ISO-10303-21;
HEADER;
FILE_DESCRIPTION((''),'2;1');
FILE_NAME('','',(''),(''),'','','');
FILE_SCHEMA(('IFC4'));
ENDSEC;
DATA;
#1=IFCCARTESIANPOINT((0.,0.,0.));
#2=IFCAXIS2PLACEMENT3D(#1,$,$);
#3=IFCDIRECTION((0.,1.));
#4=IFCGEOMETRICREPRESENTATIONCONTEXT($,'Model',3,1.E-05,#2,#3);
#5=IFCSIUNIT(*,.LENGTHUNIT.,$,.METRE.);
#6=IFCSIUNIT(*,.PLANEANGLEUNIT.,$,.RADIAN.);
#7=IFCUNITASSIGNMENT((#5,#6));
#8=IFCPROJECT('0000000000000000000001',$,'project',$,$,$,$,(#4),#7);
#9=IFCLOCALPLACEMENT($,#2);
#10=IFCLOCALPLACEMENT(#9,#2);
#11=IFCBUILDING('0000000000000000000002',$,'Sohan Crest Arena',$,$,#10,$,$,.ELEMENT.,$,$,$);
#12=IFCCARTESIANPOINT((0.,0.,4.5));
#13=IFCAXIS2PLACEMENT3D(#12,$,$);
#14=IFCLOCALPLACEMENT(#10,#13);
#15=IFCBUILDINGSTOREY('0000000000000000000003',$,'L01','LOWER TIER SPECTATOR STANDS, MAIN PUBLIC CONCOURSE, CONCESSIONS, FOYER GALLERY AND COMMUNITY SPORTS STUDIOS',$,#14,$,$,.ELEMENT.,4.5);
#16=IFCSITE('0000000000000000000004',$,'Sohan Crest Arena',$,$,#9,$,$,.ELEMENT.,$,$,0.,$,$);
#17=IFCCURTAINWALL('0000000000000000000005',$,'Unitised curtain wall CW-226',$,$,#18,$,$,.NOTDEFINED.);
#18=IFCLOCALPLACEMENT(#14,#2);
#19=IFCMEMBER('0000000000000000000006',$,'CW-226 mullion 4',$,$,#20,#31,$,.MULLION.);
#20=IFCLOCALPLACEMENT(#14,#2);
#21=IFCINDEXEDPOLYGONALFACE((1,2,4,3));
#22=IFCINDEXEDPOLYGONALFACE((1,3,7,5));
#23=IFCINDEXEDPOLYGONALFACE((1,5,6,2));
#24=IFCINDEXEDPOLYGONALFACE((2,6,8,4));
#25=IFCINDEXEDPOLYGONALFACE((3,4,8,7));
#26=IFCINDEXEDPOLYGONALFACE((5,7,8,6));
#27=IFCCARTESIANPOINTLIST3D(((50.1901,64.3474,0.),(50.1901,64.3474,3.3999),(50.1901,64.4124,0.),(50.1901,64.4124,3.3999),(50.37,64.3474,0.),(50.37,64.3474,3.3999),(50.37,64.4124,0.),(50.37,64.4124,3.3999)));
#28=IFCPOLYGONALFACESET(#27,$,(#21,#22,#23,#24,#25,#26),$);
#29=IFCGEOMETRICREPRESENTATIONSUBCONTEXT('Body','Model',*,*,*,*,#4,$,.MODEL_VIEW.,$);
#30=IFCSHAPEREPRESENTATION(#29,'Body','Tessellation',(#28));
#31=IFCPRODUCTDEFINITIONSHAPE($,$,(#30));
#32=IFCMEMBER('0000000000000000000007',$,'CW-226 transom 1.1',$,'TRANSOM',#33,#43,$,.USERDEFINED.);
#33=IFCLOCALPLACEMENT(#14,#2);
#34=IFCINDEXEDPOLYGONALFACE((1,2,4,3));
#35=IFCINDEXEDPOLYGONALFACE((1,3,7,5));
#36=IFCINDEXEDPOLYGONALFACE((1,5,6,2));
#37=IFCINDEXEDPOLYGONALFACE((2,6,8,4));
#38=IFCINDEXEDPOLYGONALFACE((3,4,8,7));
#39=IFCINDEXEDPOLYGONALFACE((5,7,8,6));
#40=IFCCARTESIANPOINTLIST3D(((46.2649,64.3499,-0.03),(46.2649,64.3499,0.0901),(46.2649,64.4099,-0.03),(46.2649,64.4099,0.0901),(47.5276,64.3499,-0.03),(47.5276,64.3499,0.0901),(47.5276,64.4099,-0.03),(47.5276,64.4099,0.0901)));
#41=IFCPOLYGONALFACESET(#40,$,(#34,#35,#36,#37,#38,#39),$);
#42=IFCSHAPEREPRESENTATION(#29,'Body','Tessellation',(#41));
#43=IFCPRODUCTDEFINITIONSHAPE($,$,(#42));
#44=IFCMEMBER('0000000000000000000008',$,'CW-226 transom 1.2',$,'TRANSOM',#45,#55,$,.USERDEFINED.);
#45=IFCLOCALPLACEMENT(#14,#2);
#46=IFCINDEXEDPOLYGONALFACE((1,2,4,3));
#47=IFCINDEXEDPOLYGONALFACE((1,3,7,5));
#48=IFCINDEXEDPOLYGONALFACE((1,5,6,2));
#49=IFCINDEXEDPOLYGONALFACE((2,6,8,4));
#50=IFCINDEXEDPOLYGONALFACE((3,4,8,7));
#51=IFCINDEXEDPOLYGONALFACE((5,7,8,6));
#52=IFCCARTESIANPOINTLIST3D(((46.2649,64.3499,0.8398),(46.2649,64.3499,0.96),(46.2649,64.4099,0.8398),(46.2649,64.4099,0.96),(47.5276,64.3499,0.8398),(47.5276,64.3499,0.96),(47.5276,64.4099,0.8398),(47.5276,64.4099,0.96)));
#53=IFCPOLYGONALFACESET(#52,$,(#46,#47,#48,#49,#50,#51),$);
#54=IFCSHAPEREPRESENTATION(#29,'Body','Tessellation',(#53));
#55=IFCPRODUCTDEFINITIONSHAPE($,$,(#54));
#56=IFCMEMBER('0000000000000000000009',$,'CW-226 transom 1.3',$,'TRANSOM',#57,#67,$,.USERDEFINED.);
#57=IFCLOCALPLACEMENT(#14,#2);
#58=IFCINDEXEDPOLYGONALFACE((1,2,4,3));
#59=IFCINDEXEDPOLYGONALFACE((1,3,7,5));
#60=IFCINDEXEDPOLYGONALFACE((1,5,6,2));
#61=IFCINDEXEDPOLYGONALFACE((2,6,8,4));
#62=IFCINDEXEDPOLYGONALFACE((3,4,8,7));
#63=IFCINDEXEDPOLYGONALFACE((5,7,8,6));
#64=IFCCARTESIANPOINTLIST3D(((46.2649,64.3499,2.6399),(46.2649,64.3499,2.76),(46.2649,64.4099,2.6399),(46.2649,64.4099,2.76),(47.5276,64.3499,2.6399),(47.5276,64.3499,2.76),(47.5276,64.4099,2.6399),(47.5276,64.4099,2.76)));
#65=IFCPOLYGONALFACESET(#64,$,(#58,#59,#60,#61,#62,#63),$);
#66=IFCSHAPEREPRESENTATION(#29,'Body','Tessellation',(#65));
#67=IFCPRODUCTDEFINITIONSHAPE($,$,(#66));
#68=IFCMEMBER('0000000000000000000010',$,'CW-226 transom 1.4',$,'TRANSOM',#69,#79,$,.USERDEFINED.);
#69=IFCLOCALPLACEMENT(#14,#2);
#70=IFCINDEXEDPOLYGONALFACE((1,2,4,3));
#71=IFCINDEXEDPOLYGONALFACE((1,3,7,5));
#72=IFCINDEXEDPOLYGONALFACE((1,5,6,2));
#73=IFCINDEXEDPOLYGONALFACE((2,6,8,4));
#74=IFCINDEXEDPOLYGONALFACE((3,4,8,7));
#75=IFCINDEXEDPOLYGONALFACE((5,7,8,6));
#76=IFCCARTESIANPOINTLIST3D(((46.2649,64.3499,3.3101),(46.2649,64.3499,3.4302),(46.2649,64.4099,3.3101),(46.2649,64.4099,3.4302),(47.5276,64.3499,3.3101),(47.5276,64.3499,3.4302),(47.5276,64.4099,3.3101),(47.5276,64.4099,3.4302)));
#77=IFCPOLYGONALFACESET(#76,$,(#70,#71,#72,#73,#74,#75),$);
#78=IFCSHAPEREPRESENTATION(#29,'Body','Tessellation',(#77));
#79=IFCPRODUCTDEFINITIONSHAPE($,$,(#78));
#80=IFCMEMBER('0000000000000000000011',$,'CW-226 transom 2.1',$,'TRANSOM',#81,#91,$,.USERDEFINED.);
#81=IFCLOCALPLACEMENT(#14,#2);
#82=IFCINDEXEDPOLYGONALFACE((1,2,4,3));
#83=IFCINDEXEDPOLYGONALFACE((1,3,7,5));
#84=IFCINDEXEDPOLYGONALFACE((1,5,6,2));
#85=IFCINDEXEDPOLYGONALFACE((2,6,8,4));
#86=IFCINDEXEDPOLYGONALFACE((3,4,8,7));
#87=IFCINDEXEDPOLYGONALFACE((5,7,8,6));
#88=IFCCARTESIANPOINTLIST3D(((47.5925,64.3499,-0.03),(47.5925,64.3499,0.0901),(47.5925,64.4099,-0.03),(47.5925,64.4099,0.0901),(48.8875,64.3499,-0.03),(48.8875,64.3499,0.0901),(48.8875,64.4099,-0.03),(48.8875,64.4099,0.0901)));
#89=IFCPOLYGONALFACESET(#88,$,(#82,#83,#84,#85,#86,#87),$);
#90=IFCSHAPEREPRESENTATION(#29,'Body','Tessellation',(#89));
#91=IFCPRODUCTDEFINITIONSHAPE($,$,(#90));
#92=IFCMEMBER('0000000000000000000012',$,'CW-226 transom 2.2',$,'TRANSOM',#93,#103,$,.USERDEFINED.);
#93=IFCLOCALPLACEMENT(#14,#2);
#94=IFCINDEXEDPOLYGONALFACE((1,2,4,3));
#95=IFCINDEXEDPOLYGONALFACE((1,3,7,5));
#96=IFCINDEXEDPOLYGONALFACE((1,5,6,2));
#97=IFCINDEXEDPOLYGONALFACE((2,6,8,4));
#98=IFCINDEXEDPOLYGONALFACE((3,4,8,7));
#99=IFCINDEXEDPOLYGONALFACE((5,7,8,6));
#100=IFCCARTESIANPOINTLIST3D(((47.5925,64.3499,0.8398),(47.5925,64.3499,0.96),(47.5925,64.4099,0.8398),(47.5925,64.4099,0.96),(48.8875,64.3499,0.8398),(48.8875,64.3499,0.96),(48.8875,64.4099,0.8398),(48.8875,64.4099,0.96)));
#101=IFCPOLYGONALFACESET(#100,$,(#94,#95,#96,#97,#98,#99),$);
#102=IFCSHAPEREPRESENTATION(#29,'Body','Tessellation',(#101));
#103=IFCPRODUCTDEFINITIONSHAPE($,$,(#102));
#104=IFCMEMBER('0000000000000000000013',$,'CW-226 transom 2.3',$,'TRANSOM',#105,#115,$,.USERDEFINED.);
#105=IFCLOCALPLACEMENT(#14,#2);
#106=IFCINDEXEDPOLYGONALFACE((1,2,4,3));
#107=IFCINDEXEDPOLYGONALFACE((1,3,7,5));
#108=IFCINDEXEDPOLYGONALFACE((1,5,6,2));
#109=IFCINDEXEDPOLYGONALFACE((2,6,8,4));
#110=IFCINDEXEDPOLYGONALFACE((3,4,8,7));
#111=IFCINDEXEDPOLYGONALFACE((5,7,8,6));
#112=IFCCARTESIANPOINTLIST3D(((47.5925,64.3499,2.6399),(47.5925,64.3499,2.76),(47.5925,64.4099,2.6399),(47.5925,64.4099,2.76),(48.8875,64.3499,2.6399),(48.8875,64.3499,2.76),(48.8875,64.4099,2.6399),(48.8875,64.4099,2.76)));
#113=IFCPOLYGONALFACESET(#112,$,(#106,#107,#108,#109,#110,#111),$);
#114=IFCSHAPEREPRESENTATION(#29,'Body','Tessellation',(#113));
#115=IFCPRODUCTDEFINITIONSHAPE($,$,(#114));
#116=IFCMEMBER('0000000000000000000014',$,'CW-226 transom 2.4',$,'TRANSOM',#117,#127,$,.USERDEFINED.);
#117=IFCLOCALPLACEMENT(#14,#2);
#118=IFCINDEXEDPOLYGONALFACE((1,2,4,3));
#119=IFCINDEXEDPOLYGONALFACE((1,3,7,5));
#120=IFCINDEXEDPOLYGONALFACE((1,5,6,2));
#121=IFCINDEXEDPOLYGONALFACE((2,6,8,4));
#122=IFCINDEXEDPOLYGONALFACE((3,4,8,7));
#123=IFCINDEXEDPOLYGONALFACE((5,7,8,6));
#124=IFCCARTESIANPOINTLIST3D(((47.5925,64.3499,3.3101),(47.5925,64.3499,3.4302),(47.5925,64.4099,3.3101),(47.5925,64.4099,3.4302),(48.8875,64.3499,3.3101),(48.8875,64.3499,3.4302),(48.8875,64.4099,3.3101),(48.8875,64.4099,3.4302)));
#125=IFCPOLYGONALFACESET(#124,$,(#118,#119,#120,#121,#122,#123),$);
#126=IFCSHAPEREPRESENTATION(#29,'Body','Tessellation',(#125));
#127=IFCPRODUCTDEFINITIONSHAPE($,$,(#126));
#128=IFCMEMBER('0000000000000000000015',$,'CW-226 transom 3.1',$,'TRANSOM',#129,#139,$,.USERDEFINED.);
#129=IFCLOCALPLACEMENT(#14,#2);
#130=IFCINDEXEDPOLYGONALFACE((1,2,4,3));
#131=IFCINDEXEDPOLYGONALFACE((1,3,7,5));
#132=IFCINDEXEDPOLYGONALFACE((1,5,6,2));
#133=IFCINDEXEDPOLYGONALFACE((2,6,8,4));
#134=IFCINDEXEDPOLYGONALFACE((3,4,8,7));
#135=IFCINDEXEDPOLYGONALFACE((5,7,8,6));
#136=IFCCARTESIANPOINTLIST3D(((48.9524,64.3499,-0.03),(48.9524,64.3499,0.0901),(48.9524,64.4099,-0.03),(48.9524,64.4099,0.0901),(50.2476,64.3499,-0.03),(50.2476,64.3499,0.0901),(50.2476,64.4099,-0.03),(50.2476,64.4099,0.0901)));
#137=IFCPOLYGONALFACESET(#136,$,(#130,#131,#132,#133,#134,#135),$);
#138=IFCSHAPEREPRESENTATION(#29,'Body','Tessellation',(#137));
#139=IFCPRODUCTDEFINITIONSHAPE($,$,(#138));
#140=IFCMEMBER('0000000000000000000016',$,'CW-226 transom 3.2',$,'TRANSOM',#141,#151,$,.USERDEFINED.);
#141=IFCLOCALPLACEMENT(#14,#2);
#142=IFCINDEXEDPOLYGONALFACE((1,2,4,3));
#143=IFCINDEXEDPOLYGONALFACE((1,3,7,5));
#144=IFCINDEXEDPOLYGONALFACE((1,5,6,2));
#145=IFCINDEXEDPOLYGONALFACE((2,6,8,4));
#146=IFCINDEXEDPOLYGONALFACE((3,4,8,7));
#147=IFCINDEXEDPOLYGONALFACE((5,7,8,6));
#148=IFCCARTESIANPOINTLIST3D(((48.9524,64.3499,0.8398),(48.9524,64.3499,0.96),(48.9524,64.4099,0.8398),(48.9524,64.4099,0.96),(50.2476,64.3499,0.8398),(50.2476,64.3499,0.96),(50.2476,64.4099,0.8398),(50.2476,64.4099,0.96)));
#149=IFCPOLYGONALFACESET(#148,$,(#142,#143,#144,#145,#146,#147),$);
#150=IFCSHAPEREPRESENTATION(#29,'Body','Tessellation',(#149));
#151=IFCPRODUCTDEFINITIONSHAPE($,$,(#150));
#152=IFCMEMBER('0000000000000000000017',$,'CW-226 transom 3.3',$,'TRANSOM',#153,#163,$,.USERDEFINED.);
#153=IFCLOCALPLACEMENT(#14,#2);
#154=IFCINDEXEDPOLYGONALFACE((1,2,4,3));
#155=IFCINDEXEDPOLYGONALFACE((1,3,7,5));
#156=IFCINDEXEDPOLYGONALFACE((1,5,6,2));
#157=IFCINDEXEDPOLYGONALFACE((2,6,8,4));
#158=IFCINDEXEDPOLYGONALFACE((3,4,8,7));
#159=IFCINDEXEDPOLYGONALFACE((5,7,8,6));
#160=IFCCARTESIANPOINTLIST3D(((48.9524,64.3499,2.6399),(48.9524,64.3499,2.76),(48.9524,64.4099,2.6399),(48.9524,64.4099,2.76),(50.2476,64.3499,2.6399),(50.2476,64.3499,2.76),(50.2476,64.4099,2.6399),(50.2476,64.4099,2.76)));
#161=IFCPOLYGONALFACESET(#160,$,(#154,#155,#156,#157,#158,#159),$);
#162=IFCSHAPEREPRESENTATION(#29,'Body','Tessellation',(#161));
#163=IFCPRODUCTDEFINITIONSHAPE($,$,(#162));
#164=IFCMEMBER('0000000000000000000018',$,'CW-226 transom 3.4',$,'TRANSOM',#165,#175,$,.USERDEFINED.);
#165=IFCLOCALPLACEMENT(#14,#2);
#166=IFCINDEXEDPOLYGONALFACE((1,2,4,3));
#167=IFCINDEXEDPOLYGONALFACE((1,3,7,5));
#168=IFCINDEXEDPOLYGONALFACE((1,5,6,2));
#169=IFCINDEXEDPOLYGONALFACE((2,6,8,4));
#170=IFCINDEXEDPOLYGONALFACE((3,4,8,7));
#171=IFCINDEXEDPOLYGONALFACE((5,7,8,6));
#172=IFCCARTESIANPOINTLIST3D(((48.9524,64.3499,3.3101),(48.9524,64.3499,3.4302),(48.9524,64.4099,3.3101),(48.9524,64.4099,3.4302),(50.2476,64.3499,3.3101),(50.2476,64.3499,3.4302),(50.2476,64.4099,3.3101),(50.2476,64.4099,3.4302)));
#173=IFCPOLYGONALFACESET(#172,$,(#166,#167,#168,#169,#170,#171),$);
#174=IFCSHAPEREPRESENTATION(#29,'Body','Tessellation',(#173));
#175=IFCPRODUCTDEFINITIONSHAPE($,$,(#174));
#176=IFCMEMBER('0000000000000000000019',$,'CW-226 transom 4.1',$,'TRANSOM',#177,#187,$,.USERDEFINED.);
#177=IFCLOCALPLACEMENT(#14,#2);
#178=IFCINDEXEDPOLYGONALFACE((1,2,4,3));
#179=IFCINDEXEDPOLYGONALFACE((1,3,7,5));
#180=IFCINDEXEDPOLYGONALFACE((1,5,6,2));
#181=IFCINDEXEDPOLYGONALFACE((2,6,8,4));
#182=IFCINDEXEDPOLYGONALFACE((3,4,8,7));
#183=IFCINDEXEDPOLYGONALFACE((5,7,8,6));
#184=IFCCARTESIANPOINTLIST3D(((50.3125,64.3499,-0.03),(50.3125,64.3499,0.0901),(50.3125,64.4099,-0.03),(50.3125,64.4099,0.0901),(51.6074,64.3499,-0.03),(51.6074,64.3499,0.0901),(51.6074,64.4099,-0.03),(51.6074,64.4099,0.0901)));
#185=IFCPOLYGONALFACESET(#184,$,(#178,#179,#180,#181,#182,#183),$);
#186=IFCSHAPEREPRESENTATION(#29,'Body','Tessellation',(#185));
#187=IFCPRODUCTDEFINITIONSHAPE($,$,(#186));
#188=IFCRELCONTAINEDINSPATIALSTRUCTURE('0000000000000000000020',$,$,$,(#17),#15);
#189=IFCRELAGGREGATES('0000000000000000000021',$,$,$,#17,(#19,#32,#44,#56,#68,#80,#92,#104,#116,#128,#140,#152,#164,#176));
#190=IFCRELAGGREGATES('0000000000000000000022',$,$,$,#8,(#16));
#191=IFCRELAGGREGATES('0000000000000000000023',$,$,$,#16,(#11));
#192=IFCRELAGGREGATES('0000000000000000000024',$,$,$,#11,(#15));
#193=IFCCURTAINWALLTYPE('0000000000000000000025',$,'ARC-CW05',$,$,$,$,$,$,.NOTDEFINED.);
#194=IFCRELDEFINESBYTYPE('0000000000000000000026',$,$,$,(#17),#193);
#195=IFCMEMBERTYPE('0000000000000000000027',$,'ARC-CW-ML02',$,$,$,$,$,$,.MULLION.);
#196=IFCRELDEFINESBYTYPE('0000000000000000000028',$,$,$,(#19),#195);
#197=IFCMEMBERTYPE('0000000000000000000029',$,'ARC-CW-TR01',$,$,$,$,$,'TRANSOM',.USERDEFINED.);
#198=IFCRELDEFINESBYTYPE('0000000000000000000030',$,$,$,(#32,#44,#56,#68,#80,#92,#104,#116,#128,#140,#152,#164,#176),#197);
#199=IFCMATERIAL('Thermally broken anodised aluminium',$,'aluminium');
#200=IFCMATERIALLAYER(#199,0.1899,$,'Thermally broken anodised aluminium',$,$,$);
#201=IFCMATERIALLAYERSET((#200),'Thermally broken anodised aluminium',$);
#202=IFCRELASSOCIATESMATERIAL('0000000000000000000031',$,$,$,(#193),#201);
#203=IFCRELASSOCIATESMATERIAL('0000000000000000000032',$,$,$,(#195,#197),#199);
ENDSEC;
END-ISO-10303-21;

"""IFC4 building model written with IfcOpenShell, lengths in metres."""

from ifc_helpers import new_model, si_unit, direction, frame, origin, origin_2d, place, context, subcontext, project, spatial, rectangle, extrude, material, layer, layer_set, material_profile, profile_set, type_object, element, aggregate, save


model = new_model("IFC4")

# Units and contexts
model_context = context("Model", 3, precision=1e-05, world=origin(), true_north=direction((0.0, 1.0)))
body_context = subcontext(model_context, "Body", "Model", "MODEL_VIEW")
ifc_project = project(units=[si_unit("LENGTHUNIT", "METRE"), si_unit("PLANEANGLEUNIT", "RADIAN")], contexts=[model_context])

# Site, building, storey
site_placement = place(None, origin())
site = spatial("IfcSite", under=ifc_project, at=site_placement, Name="Sohan Crest Arena", CompositionType="ELEMENT", RefElevation=0.0)
building_placement = place(site_placement, origin())
building = spatial("IfcBuilding", under=site, at=building_placement, Name="Sohan Crest Arena", CompositionType="ELEMENT")
storey_placement = place(building_placement, frame((0.0, 0.0, 4.5)))
storey = spatial("IfcBuildingStorey", under=building, at=storey_placement, Name="L01", Description="LOWER TIER SPECTATOR STANDS, MAIN PUBLIC CONCOURSE, CONCESSIONS, FOYER GALLERY AND COMMUNITY SPORTS STUDIOS", CompositionType="ELEMENT", Elevation=4.5)

# Curtain wall, members
ifc_material_1 = material(Name="Thermally broken anodised aluminium", Category="aluminium")
ifc_layer_1 = layer(ifc_material_1, 0.1899, Name="Thermally broken anodised aluminium")
ifc_layer_set_1 = layer_set([ifc_layer_1], Name="Thermally broken anodised aluminium")
curtain_wall_type = type_object("IfcCurtainWallType", Name="ARC-CW05", PredefinedType="NOTDEFINED", material=ifc_layer_set_1)
curtain_wall_placement = place(storey_placement, origin())
curtain_wall = element("IfcCurtainWall", 1, at=curtain_wall_placement, inside=storey, type_object=curtain_wall_type, Name="Unitised curtain wall CW-226", PredefinedType="NOTDEFINED")
ifc_material_profile_1 = material_profile(ifc_material_1, rectangle(XDim=0.0649, YDim=0.1799, at=origin_2d()), Name="ALU-MULL 65x180")
ifc_profile_set_1 = profile_set([ifc_material_profile_1], Name="Thermally broken anodised aluminium")
member_type_1 = type_object("IfcMemberType", Name="ARC-CW-ML02", PredefinedType="MULLION", material=ifc_profile_set_1)
member_1_placement = place(storey_placement, frame((50.28, 64.3799, 0.0), z_axis=(0.0, 0.0, 1.0), x_axis=(0.0, 1.0, 0.0)))
member_1 = element("IfcMember", 2, at=member_1_placement, type_object=member_type_1, Name="CW-226 mullion 4", PredefinedType="MULLION", context=body_context, shape_type="SweptSolid", body=[
    extrude(rectangle(XDim=0.0649, YDim=0.1799, at=origin_2d()), origin(), (0.0, 0.0, 1.0), 3.3999),
])
ifc_material_profile_2 = material_profile(ifc_material_1, rectangle(XDim=0.0601, YDim=0.1201, at=origin_2d()), Name="ALU-TRAN 60x120")
ifc_profile_set_2 = profile_set([ifc_material_profile_2], Name="Thermally broken anodised aluminium")
member_type_2 = type_object("IfcMemberType", Name="ARC-CW-TR01", ElementType="TRANSOM", PredefinedType="USERDEFINED", material=ifc_profile_set_2)
member_2_placement = place(storey_placement, frame((46.2649, 64.3799, 0.03), z_axis=(1.0, 0.0, 0.0), x_axis=(0.0, 1.0, 0.0)))
member_2 = element("IfcMember", 3, at=member_2_placement, type_object=member_type_2, Name="CW-226 transom 1.1", ObjectType="TRANSOM", PredefinedType="USERDEFINED", context=body_context, shape_type="SweptSolid", body=[
    extrude(rectangle(XDim=0.0601, YDim=0.1201, at=origin_2d()), origin(), (0.0, 0.0, 1.0), 1.2627),
])
member_3_placement = place(storey_placement, frame((46.2649, 64.3799, 0.8999), z_axis=(1.0, 0.0, 0.0), x_axis=(0.0, 1.0, 0.0)))
member_3 = element("IfcMember", 4, at=member_3_placement, type_object=member_type_2, Name="CW-226 transom 1.2", ObjectType="TRANSOM", PredefinedType="USERDEFINED", context=body_context, shape_type="SweptSolid", body=[
    extrude(rectangle(XDim=0.0601, YDim=0.1201, at=origin_2d()), origin(), (0.0, 0.0, 1.0), 1.2627),
])
member_4_placement = place(storey_placement, frame((46.2649, 64.3799, 2.7), z_axis=(1.0, 0.0, 0.0), x_axis=(0.0, 1.0, 0.0)))
member_4 = element("IfcMember", 5, at=member_4_placement, type_object=member_type_2, Name="CW-226 transom 1.3", ObjectType="TRANSOM", PredefinedType="USERDEFINED", context=body_context, shape_type="SweptSolid", body=[
    extrude(rectangle(XDim=0.0601, YDim=0.1201, at=origin_2d()), origin(), (0.0, 0.0, 1.0), 1.2627),
])
member_5_placement = place(storey_placement, frame((46.2649, 64.3799, 3.3701), z_axis=(1.0, 0.0, 0.0), x_axis=(0.0, 1.0, 0.0)))
member_5 = element("IfcMember", 6, at=member_5_placement, type_object=member_type_2, Name="CW-226 transom 1.4", ObjectType="TRANSOM", PredefinedType="USERDEFINED", context=body_context, shape_type="SweptSolid", body=[
    extrude(rectangle(XDim=0.0601, YDim=0.1201, at=origin_2d()), origin(), (0.0, 0.0, 1.0), 1.2627),
])
member_6_placement = place(storey_placement, frame((47.5925, 64.3799, 0.03), z_axis=(1.0, 0.0, 0.0), x_axis=(0.0, 1.0, 0.0)))
member_6 = element("IfcMember", 7, at=member_6_placement, type_object=member_type_2, Name="CW-226 transom 2.1", ObjectType="TRANSOM", PredefinedType="USERDEFINED", context=body_context, shape_type="SweptSolid", body=[
    extrude(rectangle(XDim=0.0601, YDim=0.1201, at=origin_2d()), origin(), (0.0, 0.0, 1.0), 1.2949),
])
member_7_placement = place(storey_placement, frame((47.5925, 64.3799, 0.8999), z_axis=(1.0, 0.0, 0.0), x_axis=(0.0, 1.0, 0.0)))
member_7 = element("IfcMember", 8, at=member_7_placement, type_object=member_type_2, Name="CW-226 transom 2.2", ObjectType="TRANSOM", PredefinedType="USERDEFINED", context=body_context, shape_type="SweptSolid", body=[
    extrude(rectangle(XDim=0.0601, YDim=0.1201, at=origin_2d()), origin(), (0.0, 0.0, 1.0), 1.2949),
])
member_8_placement = place(storey_placement, frame((47.5925, 64.3799, 2.7), z_axis=(1.0, 0.0, 0.0), x_axis=(0.0, 1.0, 0.0)))
member_8 = element("IfcMember", 9, at=member_8_placement, type_object=member_type_2, Name="CW-226 transom 2.3", ObjectType="TRANSOM", PredefinedType="USERDEFINED", context=body_context, shape_type="SweptSolid", body=[
    extrude(rectangle(XDim=0.0601, YDim=0.1201, at=origin_2d()), origin(), (0.0, 0.0, 1.0), 1.2949),
])
member_9_placement = place(storey_placement, frame((47.5925, 64.3799, 3.3701), z_axis=(1.0, 0.0, 0.0), x_axis=(0.0, 1.0, 0.0)))
member_9 = element("IfcMember", 10, at=member_9_placement, type_object=member_type_2, Name="CW-226 transom 2.4", ObjectType="TRANSOM", PredefinedType="USERDEFINED", context=body_context, shape_type="SweptSolid", body=[
    extrude(rectangle(XDim=0.0601, YDim=0.1201, at=origin_2d()), origin(), (0.0, 0.0, 1.0), 1.2949),
])
member_10_placement = place(storey_placement, frame((48.9524, 64.3799, 0.03), z_axis=(1.0, 0.0, 0.0), x_axis=(0.0, 1.0, 0.0)))
member_10 = element("IfcMember", 11, at=member_10_placement, type_object=member_type_2, Name="CW-226 transom 3.1", ObjectType="TRANSOM", PredefinedType="USERDEFINED", context=body_context, shape_type="SweptSolid", body=[
    extrude(rectangle(XDim=0.0601, YDim=0.1201, at=origin_2d()), origin(), (0.0, 0.0, 1.0), 1.2952),
])
member_11_placement = place(storey_placement, frame((48.9524, 64.3799, 0.8999), z_axis=(1.0, 0.0, 0.0), x_axis=(0.0, 1.0, 0.0)))
member_11 = element("IfcMember", 12, at=member_11_placement, type_object=member_type_2, Name="CW-226 transom 3.2", ObjectType="TRANSOM", PredefinedType="USERDEFINED", context=body_context, shape_type="SweptSolid", body=[
    extrude(rectangle(XDim=0.0601, YDim=0.1201, at=origin_2d()), origin(), (0.0, 0.0, 1.0), 1.2952),
])
member_12_placement = place(storey_placement, frame((48.9524, 64.3799, 2.7), z_axis=(1.0, 0.0, 0.0), x_axis=(0.0, 1.0, 0.0)))
member_12 = element("IfcMember", 13, at=member_12_placement, type_object=member_type_2, Name="CW-226 transom 3.3", ObjectType="TRANSOM", PredefinedType="USERDEFINED", context=body_context, shape_type="SweptSolid", body=[
    extrude(rectangle(XDim=0.0601, YDim=0.1201, at=origin_2d()), origin(), (0.0, 0.0, 1.0), 1.2952),
])
member_13_placement = place(storey_placement, frame((48.9524, 64.3799, 3.3701), z_axis=(1.0, 0.0, 0.0), x_axis=(0.0, 1.0, 0.0)))
member_13 = element("IfcMember", 14, at=member_13_placement, type_object=member_type_2, Name="CW-226 transom 3.4", ObjectType="TRANSOM", PredefinedType="USERDEFINED", context=body_context, shape_type="SweptSolid", body=[
    extrude(rectangle(XDim=0.0601, YDim=0.1201, at=origin_2d()), origin(), (0.0, 0.0, 1.0), 1.2952),
])
member_14_placement = place(storey_placement, frame((50.3125, 64.3799, 0.03), z_axis=(1.0, 0.0, 0.0), x_axis=(0.0, 1.0, 0.0)))
member_14 = element("IfcMember", 15, at=member_14_placement, type_object=member_type_2, Name="CW-226 transom 4.1", ObjectType="TRANSOM", PredefinedType="USERDEFINED", context=body_context, shape_type="SweptSolid", body=[
    extrude(rectangle(XDim=0.0601, YDim=0.1201, at=origin_2d()), origin(), (0.0, 0.0, 1.0), 1.2949),
])

aggregate(curtain_wall, [member_1, member_2, member_3, member_4, member_5, member_6, member_7, member_8, member_9, member_10, member_11, member_12, member_13, member_14])

save(model, "model.ifc")
